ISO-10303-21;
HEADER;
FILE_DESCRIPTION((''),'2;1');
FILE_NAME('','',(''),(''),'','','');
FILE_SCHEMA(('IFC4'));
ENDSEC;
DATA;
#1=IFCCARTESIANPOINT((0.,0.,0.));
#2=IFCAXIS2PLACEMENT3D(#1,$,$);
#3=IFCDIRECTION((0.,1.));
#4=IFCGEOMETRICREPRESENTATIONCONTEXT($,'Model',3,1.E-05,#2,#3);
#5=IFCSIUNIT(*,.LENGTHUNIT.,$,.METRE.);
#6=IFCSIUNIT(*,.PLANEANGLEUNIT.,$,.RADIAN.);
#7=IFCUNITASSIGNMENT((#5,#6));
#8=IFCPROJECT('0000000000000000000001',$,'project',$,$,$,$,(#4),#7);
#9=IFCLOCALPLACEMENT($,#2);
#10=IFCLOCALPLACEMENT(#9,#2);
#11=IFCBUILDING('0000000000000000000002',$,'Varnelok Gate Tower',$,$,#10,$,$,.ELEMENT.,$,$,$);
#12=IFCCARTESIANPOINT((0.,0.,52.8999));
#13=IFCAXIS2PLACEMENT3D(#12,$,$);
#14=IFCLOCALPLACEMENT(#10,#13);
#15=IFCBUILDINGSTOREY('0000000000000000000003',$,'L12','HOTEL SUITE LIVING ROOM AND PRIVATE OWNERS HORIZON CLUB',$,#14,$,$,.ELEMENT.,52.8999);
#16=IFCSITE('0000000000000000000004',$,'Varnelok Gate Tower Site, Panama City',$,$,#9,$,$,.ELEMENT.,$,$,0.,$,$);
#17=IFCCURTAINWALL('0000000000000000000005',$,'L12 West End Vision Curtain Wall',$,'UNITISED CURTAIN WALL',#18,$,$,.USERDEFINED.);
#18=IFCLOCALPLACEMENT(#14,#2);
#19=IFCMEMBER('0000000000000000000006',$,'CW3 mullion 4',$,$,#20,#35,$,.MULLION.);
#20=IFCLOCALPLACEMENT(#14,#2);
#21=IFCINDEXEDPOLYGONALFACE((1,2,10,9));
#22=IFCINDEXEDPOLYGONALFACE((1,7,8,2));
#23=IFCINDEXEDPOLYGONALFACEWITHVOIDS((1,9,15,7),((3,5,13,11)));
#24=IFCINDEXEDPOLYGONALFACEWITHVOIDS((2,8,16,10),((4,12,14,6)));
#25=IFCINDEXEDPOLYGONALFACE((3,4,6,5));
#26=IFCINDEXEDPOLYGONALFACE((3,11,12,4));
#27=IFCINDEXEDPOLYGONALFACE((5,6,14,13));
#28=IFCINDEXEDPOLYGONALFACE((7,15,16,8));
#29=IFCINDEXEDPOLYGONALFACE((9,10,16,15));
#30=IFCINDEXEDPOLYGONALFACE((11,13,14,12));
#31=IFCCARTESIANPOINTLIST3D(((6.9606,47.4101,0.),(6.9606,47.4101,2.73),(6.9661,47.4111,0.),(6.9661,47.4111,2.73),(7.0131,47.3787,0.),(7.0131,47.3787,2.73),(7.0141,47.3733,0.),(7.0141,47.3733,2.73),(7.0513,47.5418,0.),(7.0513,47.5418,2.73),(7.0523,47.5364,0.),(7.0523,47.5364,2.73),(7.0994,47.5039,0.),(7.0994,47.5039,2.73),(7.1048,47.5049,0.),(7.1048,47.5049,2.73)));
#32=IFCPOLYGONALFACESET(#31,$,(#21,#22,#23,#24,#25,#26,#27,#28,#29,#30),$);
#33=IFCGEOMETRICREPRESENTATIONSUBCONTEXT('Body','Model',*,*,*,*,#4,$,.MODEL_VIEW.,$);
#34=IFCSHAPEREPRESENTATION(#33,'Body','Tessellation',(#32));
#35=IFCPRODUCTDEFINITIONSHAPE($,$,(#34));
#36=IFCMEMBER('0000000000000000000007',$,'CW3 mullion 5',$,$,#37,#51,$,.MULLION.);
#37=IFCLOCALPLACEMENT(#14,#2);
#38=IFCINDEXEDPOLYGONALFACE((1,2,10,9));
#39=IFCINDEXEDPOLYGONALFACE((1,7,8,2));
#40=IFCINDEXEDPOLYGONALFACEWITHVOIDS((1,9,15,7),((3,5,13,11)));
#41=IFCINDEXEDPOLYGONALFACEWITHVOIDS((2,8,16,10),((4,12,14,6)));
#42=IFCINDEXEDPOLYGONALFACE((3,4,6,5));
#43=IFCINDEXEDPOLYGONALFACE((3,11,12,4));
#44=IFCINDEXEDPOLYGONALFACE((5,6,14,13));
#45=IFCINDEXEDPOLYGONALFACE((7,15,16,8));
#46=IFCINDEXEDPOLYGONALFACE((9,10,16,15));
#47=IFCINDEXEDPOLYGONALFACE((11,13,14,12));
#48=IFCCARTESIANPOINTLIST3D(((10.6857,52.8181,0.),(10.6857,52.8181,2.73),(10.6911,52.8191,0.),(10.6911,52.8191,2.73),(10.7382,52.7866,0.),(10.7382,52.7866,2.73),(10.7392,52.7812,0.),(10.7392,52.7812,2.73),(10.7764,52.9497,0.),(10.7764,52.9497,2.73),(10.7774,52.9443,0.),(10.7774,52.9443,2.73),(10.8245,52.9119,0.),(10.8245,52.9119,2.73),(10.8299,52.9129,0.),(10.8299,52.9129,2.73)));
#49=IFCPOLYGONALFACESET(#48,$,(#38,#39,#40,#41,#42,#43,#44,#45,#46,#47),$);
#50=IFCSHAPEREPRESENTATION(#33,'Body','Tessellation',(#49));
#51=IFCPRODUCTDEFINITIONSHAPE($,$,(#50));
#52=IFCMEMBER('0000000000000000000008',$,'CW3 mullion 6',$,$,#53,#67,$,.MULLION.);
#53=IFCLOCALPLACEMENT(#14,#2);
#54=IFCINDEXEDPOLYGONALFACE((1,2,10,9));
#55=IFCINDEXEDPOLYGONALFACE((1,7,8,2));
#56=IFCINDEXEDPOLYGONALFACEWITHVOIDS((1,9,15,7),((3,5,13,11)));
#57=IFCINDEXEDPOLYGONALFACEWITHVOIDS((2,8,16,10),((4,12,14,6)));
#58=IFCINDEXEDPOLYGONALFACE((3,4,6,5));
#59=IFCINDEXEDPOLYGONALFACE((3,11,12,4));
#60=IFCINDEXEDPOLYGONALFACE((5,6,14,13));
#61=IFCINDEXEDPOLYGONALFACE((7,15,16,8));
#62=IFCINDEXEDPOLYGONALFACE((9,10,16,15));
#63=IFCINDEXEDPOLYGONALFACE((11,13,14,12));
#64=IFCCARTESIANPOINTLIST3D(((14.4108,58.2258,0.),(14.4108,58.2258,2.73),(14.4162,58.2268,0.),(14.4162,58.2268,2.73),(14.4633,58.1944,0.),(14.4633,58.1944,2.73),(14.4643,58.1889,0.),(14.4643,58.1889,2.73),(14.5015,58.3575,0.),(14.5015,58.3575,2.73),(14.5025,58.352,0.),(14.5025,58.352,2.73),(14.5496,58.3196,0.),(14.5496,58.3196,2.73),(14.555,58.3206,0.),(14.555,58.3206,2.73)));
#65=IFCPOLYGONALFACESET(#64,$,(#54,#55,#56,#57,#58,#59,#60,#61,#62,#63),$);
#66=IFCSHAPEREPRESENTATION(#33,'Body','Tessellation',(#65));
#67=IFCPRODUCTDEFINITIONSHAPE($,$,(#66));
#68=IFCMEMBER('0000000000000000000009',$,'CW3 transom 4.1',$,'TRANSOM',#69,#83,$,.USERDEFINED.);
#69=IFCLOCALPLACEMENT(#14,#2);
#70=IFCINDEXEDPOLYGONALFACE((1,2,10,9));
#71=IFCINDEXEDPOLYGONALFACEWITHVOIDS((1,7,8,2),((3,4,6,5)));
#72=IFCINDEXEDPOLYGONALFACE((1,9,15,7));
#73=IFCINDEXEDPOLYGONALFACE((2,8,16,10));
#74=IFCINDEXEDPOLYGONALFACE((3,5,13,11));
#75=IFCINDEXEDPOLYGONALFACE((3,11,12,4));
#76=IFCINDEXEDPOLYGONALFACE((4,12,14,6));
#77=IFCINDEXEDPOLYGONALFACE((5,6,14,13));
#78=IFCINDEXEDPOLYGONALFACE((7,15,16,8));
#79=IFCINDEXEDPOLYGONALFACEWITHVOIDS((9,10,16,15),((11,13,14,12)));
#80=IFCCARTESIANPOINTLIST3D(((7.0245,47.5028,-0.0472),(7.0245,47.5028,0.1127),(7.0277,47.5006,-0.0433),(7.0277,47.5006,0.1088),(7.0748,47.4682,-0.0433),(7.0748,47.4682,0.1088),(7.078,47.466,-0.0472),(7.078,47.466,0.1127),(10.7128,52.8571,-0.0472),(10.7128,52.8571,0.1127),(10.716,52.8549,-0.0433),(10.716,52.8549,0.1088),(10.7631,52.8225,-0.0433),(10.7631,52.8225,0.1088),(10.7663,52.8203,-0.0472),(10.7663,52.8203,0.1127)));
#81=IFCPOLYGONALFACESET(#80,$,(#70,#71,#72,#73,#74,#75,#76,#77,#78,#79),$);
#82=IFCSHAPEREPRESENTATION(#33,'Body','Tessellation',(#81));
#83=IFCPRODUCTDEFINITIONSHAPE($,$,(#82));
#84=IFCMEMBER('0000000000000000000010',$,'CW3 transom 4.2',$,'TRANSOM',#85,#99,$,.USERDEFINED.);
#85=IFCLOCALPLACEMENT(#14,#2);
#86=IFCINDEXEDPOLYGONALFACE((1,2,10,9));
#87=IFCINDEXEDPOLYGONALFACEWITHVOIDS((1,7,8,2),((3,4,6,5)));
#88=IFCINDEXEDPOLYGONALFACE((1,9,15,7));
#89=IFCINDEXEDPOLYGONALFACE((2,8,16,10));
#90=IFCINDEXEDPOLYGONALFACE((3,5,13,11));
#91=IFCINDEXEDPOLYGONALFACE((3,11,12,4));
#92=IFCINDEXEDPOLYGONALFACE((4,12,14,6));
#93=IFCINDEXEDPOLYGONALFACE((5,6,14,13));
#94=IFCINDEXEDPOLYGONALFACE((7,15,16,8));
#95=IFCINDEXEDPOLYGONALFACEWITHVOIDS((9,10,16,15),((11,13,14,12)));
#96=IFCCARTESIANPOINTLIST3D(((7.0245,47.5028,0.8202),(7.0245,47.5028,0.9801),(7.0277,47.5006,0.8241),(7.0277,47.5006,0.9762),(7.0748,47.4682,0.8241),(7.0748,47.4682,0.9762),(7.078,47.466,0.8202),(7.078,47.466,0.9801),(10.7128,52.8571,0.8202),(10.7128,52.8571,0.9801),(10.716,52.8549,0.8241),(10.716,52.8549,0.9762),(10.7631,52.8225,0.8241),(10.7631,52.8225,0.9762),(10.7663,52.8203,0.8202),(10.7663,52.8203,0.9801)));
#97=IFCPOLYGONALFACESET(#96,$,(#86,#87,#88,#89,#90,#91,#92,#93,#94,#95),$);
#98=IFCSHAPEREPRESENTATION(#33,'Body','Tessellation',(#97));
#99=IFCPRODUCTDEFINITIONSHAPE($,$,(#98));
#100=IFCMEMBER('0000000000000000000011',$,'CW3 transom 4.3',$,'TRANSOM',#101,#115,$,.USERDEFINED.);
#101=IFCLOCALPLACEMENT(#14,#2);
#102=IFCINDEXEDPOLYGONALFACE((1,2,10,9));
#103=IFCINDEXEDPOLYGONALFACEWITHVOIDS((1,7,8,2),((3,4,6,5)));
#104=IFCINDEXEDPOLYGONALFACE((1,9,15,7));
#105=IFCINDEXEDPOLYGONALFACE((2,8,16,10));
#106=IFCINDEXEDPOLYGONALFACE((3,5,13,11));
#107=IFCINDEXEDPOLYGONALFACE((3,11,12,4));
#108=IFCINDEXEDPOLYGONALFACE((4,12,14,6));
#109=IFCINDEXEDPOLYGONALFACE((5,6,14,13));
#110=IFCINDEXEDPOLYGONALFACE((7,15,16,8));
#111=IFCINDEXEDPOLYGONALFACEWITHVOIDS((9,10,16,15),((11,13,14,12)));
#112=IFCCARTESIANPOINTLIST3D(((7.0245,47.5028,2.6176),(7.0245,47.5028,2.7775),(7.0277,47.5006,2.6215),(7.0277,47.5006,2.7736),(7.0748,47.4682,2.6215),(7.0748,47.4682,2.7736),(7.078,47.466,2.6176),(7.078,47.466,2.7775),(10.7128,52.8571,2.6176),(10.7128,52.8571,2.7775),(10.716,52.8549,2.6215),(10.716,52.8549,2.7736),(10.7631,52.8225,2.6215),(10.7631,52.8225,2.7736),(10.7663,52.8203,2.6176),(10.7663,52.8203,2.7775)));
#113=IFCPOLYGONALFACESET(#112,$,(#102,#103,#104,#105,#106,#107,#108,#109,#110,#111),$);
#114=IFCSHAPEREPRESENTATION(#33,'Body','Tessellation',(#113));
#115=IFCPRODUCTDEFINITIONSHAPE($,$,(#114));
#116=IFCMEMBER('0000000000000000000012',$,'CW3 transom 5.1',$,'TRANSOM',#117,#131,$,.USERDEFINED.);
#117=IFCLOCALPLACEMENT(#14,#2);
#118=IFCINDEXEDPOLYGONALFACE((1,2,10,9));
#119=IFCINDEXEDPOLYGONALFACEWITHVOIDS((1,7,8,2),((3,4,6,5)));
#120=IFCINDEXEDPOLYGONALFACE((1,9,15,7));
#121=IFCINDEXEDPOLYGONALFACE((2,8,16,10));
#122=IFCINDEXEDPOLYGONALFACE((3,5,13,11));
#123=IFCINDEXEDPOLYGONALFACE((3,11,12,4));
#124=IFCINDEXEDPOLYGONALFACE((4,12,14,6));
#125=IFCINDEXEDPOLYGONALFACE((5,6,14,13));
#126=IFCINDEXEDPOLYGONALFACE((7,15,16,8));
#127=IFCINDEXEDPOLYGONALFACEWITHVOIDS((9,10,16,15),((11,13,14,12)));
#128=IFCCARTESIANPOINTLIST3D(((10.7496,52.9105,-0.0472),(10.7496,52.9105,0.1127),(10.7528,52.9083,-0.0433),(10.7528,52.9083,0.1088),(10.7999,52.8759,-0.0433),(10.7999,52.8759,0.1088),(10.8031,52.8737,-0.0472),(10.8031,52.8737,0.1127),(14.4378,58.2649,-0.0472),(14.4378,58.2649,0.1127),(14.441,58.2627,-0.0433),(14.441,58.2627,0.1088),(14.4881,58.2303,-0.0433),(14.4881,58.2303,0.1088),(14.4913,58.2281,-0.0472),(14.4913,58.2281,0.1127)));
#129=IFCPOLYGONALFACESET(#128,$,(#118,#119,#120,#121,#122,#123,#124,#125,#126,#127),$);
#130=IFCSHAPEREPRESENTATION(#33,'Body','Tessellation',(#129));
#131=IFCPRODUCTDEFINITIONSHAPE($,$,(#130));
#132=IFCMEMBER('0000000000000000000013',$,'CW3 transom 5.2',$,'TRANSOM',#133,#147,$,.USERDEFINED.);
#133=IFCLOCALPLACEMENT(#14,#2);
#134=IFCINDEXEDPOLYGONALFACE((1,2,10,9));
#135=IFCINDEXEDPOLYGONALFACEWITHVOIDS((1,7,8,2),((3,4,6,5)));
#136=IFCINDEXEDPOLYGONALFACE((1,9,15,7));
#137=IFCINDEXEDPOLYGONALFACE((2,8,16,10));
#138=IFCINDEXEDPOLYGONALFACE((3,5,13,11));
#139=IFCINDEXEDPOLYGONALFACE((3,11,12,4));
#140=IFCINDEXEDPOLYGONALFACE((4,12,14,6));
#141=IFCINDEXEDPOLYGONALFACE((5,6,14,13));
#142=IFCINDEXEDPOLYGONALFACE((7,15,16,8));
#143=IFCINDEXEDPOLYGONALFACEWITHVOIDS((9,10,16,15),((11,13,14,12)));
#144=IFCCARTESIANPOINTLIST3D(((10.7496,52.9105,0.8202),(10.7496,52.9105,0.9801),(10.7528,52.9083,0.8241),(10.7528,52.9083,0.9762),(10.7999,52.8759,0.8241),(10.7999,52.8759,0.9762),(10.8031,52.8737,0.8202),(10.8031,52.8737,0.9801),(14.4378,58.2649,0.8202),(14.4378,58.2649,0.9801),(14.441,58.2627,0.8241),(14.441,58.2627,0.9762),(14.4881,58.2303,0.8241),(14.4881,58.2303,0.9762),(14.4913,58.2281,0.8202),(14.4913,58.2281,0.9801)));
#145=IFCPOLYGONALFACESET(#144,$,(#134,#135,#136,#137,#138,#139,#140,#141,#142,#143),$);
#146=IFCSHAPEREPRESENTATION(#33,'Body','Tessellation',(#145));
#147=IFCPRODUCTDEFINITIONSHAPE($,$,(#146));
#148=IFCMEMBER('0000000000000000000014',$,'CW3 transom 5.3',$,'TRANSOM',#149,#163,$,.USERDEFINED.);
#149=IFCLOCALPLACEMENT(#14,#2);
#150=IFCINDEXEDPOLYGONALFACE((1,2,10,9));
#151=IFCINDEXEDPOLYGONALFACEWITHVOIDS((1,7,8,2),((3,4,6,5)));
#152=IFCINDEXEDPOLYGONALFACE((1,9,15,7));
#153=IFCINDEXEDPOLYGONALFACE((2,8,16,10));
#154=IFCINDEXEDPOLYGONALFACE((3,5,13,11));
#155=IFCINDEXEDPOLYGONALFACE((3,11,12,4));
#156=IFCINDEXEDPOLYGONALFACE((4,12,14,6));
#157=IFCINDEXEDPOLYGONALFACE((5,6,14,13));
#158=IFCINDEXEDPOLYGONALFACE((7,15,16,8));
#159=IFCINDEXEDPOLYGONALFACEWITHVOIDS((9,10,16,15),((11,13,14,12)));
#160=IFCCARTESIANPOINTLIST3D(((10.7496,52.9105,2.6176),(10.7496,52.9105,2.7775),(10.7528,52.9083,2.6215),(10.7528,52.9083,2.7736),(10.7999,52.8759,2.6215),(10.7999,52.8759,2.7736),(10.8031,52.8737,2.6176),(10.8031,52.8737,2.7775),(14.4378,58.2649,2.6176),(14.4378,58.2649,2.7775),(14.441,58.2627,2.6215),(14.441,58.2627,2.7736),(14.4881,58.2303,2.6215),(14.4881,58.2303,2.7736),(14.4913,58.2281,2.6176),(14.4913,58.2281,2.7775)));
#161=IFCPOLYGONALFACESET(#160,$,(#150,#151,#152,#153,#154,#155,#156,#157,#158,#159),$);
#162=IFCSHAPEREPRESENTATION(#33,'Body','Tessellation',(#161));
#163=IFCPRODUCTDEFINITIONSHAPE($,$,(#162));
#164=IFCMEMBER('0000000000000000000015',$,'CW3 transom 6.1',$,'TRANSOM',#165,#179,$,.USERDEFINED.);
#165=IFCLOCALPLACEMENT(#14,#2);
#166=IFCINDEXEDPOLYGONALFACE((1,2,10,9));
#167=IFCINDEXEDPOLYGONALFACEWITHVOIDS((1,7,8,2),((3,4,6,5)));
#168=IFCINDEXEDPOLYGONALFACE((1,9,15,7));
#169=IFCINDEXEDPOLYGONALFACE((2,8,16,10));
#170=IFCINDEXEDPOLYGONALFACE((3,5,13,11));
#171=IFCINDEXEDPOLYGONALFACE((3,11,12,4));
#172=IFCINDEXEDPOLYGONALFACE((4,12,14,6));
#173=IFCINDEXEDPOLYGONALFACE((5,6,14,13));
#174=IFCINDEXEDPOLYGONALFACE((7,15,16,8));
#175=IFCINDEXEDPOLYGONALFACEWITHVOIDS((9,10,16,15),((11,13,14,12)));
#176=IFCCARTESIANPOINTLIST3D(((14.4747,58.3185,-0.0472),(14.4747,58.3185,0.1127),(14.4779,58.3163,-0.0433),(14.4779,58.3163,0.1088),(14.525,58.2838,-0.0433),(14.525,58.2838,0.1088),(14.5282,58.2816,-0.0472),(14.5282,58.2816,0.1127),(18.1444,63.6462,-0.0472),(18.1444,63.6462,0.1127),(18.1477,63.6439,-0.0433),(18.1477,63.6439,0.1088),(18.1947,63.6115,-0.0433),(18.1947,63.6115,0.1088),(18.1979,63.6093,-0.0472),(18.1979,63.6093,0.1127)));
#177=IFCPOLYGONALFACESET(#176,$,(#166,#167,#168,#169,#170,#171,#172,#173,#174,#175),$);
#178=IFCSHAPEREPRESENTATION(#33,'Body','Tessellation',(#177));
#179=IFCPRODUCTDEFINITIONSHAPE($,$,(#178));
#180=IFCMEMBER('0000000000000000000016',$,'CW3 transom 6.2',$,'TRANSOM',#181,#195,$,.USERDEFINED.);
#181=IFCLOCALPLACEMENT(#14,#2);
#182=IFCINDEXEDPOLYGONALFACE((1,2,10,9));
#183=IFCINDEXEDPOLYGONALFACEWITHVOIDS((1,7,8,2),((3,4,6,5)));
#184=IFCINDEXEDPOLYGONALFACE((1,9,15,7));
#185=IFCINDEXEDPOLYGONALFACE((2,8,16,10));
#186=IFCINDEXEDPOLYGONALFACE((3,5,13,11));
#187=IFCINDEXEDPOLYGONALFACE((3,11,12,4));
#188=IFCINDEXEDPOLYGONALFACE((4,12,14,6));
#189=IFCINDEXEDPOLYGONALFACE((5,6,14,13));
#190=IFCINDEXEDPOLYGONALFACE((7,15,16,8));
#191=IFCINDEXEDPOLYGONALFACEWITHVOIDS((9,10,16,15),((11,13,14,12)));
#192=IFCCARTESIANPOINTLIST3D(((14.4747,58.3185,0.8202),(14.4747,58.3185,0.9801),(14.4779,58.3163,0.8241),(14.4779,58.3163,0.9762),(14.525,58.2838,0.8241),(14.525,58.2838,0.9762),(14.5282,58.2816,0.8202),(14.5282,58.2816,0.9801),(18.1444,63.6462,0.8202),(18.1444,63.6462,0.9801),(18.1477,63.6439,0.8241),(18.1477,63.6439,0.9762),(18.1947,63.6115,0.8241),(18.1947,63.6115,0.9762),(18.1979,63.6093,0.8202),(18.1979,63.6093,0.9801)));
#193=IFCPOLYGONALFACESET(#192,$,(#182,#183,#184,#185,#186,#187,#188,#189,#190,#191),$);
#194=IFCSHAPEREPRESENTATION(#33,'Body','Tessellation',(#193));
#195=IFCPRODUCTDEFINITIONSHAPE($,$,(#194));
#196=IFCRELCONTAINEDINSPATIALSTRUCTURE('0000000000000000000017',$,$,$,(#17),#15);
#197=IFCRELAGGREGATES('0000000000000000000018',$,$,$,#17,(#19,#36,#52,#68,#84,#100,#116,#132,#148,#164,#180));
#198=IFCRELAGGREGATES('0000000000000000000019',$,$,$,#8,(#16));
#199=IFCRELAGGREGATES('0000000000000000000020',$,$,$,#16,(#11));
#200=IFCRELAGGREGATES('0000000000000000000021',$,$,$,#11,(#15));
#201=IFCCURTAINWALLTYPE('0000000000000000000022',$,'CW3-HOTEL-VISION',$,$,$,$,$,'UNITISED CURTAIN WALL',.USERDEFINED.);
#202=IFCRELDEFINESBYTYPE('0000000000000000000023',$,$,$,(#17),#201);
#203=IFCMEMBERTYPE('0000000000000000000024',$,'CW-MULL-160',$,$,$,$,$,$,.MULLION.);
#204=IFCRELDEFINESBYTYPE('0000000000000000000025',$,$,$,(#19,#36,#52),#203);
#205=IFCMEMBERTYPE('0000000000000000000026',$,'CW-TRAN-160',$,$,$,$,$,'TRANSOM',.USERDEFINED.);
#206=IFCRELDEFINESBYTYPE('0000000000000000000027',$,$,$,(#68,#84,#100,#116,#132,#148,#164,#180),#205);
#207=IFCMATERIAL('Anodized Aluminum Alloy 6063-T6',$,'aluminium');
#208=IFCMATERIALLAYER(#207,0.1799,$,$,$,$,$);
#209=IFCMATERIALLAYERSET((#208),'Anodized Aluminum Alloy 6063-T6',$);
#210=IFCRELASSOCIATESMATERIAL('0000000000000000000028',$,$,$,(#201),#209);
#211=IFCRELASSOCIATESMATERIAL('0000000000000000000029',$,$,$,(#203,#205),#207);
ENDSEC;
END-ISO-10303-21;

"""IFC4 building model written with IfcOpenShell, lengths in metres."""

from ifc_helpers import new_model, si_unit, direction, frame, origin, origin_2d, place, context, subcontext, project, spatial, hollow_rectangle, extrude, material, layer, layer_set, material_profile, profile_set, type_object, element, aggregate, save


model = new_model("IFC4")

# Units and contexts
model_context = context("Model", 3, precision=1e-05, world=origin(), true_north=direction((0.0, 1.0)))
body_context = subcontext(model_context, "Body", "Model", "MODEL_VIEW")
ifc_project = project(units=[si_unit("LENGTHUNIT", "METRE"), si_unit("PLANEANGLEUNIT", "RADIAN")], contexts=[model_context])

# Site, building, storey
site_placement = place(None, origin())
site = spatial("IfcSite", under=ifc_project, at=site_placement, Name="Varnelok Gate Tower Site, Panama City", CompositionType="ELEMENT", RefElevation=0.0)
building_placement = place(site_placement, origin())
building = spatial("IfcBuilding", under=site, at=building_placement, Name="Varnelok Gate Tower", CompositionType="ELEMENT")
storey_placement = place(building_placement, frame((0.0, 0.0, 52.8999)))
storey = spatial("IfcBuildingStorey", under=building, at=storey_placement, Name="L12", Description="HOTEL SUITE LIVING ROOM AND PRIVATE OWNERS HORIZON CLUB", CompositionType="ELEMENT", Elevation=52.8999)

# Curtain wall, members
ifc_material_1 = material(Name="Anodized Aluminum Alloy 6063-T6", Category="aluminium")
ifc_layer_1 = layer(ifc_material_1, 0.1799)
ifc_layer_set_1 = layer_set([ifc_layer_1], Name="Anodized Aluminum Alloy 6063-T6")
curtain_wall_type = type_object("IfcCurtainWallType", Name="CW3-HOTEL-VISION", ElementType="UNITISED CURTAIN WALL", PredefinedType="USERDEFINED", material=ifc_layer_set_1)
curtain_wall_placement = place(storey_placement, origin())
curtain_wall = element("IfcCurtainWall", 1, at=curtain_wall_placement, inside=storey, type_object=curtain_wall_type, Name="L12 West End Vision Curtain Wall", ObjectType="UNITISED CURTAIN WALL", PredefinedType="USERDEFINED")
ifc_material_profile_1 = material_profile(ifc_material_1, hollow_rectangle(XDim=0.0649, YDim=0.1599, WallThickness=0.0039, at=origin_2d()), Name="ALU160X65X4")
ifc_profile_set_1 = profile_set([ifc_material_profile_1], Name="Anodized Aluminum Alloy 6063-T6")
member_type_1 = type_object("IfcMemberType", Name="CW-MULL-160", PredefinedType="MULLION", material=ifc_profile_set_1)
member_1_placement = place(storey_placement, frame((7.0327, 47.4575, 0.0), z_axis=(0.0, 0.0, 1.0), x_axis=(-0.823533, 0.567269, 0.0)))
member_1 = element("IfcMember", 2, at=member_1_placement, type_object=member_type_1, Name="CW3 mullion 4", PredefinedType="MULLION", context=body_context, shape_type="SweptSolid", body=[
    extrude(hollow_rectangle(XDim=0.0649, YDim=0.1599, WallThickness=0.0039, at=origin_2d()), origin(), (0.0, 0.0, 1.0), 2.73),
])
member_2_placement = place(storey_placement, frame((10.7578, 52.8655, 0.0), z_axis=(0.0, 0.0, 1.0), x_axis=(-0.823533, 0.567269, 0.0)))
member_2 = element("IfcMember", 3, at=member_2_placement, type_object=member_type_1, Name="CW3 mullion 5", PredefinedType="MULLION", context=body_context, shape_type="SweptSolid", body=[
    extrude(hollow_rectangle(XDim=0.0649, YDim=0.1599, WallThickness=0.0039, at=origin_2d()), origin(), (0.0, 0.0, 1.0), 2.73),
])
member_3_placement = place(storey_placement, frame((14.4829, 58.2732, 0.0), z_axis=(0.0, 0.0, 1.0), x_axis=(-0.823533, 0.567269, 0.0)))
member_3 = element("IfcMember", 4, at=member_3_placement, type_object=member_type_1, Name="CW3 mullion 6", PredefinedType="MULLION", context=body_context, shape_type="SweptSolid", body=[
    extrude(hollow_rectangle(XDim=0.0649, YDim=0.1599, WallThickness=0.0039, at=origin_2d()), origin(), (0.0, 0.0, 1.0), 2.73),
])
ifc_material_profile_2 = material_profile(ifc_material_1, hollow_rectangle(XDim=0.0649, YDim=0.1599, WallThickness=0.0039, at=origin_2d()), Name="ALU160X65X4")
ifc_profile_set_2 = profile_set([ifc_material_profile_2], Name="Anodized Aluminum Alloy 6063-T6")
member_type_2 = type_object("IfcMemberType", Name="CW-TRAN-160", ElementType="TRANSOM", PredefinedType="USERDEFINED", material=ifc_profile_set_2)
member_4_placement = place(storey_placement, frame((7.0513, 47.4844, 0.0327), z_axis=(0.567279, 0.823526, 0.0), x_axis=(-0.823526, 0.567279, 0.0)))
member_4 = element("IfcMember", 5, at=member_4_placement, type_object=member_type_2, Name="CW3 transom 4.1", ObjectType="TRANSOM", PredefinedType="USERDEFINED", context=body_context, shape_type="SweptSolid", body=[
    extrude(hollow_rectangle(XDim=0.0649, YDim=0.1599, WallThickness=0.0039, at=origin_2d()), origin(), (0.0, 0.0, 1.0), 6.5017),
])
member_5_placement = place(storey_placement, frame((7.0513, 47.4844, 0.9001), z_axis=(0.567279, 0.823526, 0.0), x_axis=(-0.823526, 0.567279, 0.0)))
member_5 = element("IfcMember", 6, at=member_5_placement, type_object=member_type_2, Name="CW3 transom 4.2", ObjectType="TRANSOM", PredefinedType="USERDEFINED", context=body_context, shape_type="SweptSolid", body=[
    extrude(hollow_rectangle(XDim=0.0649, YDim=0.1599, WallThickness=0.0039, at=origin_2d()), origin(), (0.0, 0.0, 1.0), 6.5017),
])
member_6_placement = place(storey_placement, frame((7.0513, 47.4844, 2.6975), z_axis=(0.567279, 0.823526, 0.0), x_axis=(-0.823526, 0.567279, 0.0)))
member_6 = element("IfcMember", 7, at=member_6_placement, type_object=member_type_2, Name="CW3 transom 4.3", ObjectType="TRANSOM", PredefinedType="USERDEFINED", context=body_context, shape_type="SweptSolid", body=[
    extrude(hollow_rectangle(XDim=0.0649, YDim=0.1599, WallThickness=0.0039, at=origin_2d()), origin(), (0.0, 0.0, 1.0), 6.5017),
])
member_7_placement = place(storey_placement, frame((10.7764, 52.8921, 0.0327), z_axis=(0.567262, 0.823538, 0.0), x_axis=(-0.823538, 0.567262, 0.0)))
member_7 = element("IfcMember", 8, at=member_7_placement, type_object=member_type_2, Name="CW3 transom 5.1", ObjectType="TRANSOM", PredefinedType="USERDEFINED", context=body_context, shape_type="SweptSolid", body=[
    extrude(hollow_rectangle(XDim=0.0649, YDim=0.1599, WallThickness=0.0039, at=origin_2d()), origin(), (0.0, 0.0, 1.0), 6.5017),
])
member_8_placement = place(storey_placement, frame((10.7764, 52.8921, 0.9001), z_axis=(0.567262, 0.823538, 0.0), x_axis=(-0.823538, 0.567262, 0.0)))
member_8 = element("IfcMember", 9, at=member_8_placement, type_object=member_type_2, Name="CW3 transom 5.2", ObjectType="TRANSOM", PredefinedType="USERDEFINED", context=body_context, shape_type="SweptSolid", body=[
    extrude(hollow_rectangle(XDim=0.0649, YDim=0.1599, WallThickness=0.0039, at=origin_2d()), origin(), (0.0, 0.0, 1.0), 6.5017),
])
member_9_placement = place(storey_placement, frame((10.7764, 52.8921, 2.6975), z_axis=(0.567262, 0.823538, 0.0), x_axis=(-0.823538, 0.567262, 0.0)))
member_9 = element("IfcMember", 10, at=member_9_placement, type_object=member_type_2, Name="CW3 transom 5.3", ObjectType="TRANSOM", PredefinedType="USERDEFINED", context=body_context, shape_type="SweptSolid", body=[
    extrude(hollow_rectangle(XDim=0.0649, YDim=0.1599, WallThickness=0.0039, at=origin_2d()), origin(), (0.0, 0.0, 1.0), 6.5017),
])
member_10_placement = place(storey_placement, frame((14.5015, 58.3, 0.0327), z_axis=(0.567256, 0.823542, 0.0), x_axis=(-0.823542, 0.567256, 0.0)))
member_10 = element("IfcMember", 11, at=member_10_placement, type_object=member_type_2, Name="CW3 transom 6.1", ObjectType="TRANSOM", PredefinedType="USERDEFINED", context=body_context, shape_type="SweptSolid", body=[
    extrude(hollow_rectangle(XDim=0.0649, YDim=0.1599, WallThickness=0.0039, at=origin_2d()), origin(), (0.0, 0.0, 1.0), 6.4692),
])
member_11_placement = place(storey_placement, frame((14.5015, 58.3, 0.9001), z_axis=(0.567256, 0.823542, 0.0), x_axis=(-0.823542, 0.567256, 0.0)))
member_11 = element("IfcMember", 12, at=member_11_placement, type_object=member_type_2, Name="CW3 transom 6.2", ObjectType="TRANSOM", PredefinedType="USERDEFINED", context=body_context, shape_type="SweptSolid", body=[
    extrude(hollow_rectangle(XDim=0.0649, YDim=0.1599, WallThickness=0.0039, at=origin_2d()), origin(), (0.0, 0.0, 1.0), 6.4692),
])
aggregate(curtain_wall, [member_1, member_2, member_3, member_4, member_5, member_6, member_7, member_8, member_9, member_10, member_11])

save(model, "model.ifc")
